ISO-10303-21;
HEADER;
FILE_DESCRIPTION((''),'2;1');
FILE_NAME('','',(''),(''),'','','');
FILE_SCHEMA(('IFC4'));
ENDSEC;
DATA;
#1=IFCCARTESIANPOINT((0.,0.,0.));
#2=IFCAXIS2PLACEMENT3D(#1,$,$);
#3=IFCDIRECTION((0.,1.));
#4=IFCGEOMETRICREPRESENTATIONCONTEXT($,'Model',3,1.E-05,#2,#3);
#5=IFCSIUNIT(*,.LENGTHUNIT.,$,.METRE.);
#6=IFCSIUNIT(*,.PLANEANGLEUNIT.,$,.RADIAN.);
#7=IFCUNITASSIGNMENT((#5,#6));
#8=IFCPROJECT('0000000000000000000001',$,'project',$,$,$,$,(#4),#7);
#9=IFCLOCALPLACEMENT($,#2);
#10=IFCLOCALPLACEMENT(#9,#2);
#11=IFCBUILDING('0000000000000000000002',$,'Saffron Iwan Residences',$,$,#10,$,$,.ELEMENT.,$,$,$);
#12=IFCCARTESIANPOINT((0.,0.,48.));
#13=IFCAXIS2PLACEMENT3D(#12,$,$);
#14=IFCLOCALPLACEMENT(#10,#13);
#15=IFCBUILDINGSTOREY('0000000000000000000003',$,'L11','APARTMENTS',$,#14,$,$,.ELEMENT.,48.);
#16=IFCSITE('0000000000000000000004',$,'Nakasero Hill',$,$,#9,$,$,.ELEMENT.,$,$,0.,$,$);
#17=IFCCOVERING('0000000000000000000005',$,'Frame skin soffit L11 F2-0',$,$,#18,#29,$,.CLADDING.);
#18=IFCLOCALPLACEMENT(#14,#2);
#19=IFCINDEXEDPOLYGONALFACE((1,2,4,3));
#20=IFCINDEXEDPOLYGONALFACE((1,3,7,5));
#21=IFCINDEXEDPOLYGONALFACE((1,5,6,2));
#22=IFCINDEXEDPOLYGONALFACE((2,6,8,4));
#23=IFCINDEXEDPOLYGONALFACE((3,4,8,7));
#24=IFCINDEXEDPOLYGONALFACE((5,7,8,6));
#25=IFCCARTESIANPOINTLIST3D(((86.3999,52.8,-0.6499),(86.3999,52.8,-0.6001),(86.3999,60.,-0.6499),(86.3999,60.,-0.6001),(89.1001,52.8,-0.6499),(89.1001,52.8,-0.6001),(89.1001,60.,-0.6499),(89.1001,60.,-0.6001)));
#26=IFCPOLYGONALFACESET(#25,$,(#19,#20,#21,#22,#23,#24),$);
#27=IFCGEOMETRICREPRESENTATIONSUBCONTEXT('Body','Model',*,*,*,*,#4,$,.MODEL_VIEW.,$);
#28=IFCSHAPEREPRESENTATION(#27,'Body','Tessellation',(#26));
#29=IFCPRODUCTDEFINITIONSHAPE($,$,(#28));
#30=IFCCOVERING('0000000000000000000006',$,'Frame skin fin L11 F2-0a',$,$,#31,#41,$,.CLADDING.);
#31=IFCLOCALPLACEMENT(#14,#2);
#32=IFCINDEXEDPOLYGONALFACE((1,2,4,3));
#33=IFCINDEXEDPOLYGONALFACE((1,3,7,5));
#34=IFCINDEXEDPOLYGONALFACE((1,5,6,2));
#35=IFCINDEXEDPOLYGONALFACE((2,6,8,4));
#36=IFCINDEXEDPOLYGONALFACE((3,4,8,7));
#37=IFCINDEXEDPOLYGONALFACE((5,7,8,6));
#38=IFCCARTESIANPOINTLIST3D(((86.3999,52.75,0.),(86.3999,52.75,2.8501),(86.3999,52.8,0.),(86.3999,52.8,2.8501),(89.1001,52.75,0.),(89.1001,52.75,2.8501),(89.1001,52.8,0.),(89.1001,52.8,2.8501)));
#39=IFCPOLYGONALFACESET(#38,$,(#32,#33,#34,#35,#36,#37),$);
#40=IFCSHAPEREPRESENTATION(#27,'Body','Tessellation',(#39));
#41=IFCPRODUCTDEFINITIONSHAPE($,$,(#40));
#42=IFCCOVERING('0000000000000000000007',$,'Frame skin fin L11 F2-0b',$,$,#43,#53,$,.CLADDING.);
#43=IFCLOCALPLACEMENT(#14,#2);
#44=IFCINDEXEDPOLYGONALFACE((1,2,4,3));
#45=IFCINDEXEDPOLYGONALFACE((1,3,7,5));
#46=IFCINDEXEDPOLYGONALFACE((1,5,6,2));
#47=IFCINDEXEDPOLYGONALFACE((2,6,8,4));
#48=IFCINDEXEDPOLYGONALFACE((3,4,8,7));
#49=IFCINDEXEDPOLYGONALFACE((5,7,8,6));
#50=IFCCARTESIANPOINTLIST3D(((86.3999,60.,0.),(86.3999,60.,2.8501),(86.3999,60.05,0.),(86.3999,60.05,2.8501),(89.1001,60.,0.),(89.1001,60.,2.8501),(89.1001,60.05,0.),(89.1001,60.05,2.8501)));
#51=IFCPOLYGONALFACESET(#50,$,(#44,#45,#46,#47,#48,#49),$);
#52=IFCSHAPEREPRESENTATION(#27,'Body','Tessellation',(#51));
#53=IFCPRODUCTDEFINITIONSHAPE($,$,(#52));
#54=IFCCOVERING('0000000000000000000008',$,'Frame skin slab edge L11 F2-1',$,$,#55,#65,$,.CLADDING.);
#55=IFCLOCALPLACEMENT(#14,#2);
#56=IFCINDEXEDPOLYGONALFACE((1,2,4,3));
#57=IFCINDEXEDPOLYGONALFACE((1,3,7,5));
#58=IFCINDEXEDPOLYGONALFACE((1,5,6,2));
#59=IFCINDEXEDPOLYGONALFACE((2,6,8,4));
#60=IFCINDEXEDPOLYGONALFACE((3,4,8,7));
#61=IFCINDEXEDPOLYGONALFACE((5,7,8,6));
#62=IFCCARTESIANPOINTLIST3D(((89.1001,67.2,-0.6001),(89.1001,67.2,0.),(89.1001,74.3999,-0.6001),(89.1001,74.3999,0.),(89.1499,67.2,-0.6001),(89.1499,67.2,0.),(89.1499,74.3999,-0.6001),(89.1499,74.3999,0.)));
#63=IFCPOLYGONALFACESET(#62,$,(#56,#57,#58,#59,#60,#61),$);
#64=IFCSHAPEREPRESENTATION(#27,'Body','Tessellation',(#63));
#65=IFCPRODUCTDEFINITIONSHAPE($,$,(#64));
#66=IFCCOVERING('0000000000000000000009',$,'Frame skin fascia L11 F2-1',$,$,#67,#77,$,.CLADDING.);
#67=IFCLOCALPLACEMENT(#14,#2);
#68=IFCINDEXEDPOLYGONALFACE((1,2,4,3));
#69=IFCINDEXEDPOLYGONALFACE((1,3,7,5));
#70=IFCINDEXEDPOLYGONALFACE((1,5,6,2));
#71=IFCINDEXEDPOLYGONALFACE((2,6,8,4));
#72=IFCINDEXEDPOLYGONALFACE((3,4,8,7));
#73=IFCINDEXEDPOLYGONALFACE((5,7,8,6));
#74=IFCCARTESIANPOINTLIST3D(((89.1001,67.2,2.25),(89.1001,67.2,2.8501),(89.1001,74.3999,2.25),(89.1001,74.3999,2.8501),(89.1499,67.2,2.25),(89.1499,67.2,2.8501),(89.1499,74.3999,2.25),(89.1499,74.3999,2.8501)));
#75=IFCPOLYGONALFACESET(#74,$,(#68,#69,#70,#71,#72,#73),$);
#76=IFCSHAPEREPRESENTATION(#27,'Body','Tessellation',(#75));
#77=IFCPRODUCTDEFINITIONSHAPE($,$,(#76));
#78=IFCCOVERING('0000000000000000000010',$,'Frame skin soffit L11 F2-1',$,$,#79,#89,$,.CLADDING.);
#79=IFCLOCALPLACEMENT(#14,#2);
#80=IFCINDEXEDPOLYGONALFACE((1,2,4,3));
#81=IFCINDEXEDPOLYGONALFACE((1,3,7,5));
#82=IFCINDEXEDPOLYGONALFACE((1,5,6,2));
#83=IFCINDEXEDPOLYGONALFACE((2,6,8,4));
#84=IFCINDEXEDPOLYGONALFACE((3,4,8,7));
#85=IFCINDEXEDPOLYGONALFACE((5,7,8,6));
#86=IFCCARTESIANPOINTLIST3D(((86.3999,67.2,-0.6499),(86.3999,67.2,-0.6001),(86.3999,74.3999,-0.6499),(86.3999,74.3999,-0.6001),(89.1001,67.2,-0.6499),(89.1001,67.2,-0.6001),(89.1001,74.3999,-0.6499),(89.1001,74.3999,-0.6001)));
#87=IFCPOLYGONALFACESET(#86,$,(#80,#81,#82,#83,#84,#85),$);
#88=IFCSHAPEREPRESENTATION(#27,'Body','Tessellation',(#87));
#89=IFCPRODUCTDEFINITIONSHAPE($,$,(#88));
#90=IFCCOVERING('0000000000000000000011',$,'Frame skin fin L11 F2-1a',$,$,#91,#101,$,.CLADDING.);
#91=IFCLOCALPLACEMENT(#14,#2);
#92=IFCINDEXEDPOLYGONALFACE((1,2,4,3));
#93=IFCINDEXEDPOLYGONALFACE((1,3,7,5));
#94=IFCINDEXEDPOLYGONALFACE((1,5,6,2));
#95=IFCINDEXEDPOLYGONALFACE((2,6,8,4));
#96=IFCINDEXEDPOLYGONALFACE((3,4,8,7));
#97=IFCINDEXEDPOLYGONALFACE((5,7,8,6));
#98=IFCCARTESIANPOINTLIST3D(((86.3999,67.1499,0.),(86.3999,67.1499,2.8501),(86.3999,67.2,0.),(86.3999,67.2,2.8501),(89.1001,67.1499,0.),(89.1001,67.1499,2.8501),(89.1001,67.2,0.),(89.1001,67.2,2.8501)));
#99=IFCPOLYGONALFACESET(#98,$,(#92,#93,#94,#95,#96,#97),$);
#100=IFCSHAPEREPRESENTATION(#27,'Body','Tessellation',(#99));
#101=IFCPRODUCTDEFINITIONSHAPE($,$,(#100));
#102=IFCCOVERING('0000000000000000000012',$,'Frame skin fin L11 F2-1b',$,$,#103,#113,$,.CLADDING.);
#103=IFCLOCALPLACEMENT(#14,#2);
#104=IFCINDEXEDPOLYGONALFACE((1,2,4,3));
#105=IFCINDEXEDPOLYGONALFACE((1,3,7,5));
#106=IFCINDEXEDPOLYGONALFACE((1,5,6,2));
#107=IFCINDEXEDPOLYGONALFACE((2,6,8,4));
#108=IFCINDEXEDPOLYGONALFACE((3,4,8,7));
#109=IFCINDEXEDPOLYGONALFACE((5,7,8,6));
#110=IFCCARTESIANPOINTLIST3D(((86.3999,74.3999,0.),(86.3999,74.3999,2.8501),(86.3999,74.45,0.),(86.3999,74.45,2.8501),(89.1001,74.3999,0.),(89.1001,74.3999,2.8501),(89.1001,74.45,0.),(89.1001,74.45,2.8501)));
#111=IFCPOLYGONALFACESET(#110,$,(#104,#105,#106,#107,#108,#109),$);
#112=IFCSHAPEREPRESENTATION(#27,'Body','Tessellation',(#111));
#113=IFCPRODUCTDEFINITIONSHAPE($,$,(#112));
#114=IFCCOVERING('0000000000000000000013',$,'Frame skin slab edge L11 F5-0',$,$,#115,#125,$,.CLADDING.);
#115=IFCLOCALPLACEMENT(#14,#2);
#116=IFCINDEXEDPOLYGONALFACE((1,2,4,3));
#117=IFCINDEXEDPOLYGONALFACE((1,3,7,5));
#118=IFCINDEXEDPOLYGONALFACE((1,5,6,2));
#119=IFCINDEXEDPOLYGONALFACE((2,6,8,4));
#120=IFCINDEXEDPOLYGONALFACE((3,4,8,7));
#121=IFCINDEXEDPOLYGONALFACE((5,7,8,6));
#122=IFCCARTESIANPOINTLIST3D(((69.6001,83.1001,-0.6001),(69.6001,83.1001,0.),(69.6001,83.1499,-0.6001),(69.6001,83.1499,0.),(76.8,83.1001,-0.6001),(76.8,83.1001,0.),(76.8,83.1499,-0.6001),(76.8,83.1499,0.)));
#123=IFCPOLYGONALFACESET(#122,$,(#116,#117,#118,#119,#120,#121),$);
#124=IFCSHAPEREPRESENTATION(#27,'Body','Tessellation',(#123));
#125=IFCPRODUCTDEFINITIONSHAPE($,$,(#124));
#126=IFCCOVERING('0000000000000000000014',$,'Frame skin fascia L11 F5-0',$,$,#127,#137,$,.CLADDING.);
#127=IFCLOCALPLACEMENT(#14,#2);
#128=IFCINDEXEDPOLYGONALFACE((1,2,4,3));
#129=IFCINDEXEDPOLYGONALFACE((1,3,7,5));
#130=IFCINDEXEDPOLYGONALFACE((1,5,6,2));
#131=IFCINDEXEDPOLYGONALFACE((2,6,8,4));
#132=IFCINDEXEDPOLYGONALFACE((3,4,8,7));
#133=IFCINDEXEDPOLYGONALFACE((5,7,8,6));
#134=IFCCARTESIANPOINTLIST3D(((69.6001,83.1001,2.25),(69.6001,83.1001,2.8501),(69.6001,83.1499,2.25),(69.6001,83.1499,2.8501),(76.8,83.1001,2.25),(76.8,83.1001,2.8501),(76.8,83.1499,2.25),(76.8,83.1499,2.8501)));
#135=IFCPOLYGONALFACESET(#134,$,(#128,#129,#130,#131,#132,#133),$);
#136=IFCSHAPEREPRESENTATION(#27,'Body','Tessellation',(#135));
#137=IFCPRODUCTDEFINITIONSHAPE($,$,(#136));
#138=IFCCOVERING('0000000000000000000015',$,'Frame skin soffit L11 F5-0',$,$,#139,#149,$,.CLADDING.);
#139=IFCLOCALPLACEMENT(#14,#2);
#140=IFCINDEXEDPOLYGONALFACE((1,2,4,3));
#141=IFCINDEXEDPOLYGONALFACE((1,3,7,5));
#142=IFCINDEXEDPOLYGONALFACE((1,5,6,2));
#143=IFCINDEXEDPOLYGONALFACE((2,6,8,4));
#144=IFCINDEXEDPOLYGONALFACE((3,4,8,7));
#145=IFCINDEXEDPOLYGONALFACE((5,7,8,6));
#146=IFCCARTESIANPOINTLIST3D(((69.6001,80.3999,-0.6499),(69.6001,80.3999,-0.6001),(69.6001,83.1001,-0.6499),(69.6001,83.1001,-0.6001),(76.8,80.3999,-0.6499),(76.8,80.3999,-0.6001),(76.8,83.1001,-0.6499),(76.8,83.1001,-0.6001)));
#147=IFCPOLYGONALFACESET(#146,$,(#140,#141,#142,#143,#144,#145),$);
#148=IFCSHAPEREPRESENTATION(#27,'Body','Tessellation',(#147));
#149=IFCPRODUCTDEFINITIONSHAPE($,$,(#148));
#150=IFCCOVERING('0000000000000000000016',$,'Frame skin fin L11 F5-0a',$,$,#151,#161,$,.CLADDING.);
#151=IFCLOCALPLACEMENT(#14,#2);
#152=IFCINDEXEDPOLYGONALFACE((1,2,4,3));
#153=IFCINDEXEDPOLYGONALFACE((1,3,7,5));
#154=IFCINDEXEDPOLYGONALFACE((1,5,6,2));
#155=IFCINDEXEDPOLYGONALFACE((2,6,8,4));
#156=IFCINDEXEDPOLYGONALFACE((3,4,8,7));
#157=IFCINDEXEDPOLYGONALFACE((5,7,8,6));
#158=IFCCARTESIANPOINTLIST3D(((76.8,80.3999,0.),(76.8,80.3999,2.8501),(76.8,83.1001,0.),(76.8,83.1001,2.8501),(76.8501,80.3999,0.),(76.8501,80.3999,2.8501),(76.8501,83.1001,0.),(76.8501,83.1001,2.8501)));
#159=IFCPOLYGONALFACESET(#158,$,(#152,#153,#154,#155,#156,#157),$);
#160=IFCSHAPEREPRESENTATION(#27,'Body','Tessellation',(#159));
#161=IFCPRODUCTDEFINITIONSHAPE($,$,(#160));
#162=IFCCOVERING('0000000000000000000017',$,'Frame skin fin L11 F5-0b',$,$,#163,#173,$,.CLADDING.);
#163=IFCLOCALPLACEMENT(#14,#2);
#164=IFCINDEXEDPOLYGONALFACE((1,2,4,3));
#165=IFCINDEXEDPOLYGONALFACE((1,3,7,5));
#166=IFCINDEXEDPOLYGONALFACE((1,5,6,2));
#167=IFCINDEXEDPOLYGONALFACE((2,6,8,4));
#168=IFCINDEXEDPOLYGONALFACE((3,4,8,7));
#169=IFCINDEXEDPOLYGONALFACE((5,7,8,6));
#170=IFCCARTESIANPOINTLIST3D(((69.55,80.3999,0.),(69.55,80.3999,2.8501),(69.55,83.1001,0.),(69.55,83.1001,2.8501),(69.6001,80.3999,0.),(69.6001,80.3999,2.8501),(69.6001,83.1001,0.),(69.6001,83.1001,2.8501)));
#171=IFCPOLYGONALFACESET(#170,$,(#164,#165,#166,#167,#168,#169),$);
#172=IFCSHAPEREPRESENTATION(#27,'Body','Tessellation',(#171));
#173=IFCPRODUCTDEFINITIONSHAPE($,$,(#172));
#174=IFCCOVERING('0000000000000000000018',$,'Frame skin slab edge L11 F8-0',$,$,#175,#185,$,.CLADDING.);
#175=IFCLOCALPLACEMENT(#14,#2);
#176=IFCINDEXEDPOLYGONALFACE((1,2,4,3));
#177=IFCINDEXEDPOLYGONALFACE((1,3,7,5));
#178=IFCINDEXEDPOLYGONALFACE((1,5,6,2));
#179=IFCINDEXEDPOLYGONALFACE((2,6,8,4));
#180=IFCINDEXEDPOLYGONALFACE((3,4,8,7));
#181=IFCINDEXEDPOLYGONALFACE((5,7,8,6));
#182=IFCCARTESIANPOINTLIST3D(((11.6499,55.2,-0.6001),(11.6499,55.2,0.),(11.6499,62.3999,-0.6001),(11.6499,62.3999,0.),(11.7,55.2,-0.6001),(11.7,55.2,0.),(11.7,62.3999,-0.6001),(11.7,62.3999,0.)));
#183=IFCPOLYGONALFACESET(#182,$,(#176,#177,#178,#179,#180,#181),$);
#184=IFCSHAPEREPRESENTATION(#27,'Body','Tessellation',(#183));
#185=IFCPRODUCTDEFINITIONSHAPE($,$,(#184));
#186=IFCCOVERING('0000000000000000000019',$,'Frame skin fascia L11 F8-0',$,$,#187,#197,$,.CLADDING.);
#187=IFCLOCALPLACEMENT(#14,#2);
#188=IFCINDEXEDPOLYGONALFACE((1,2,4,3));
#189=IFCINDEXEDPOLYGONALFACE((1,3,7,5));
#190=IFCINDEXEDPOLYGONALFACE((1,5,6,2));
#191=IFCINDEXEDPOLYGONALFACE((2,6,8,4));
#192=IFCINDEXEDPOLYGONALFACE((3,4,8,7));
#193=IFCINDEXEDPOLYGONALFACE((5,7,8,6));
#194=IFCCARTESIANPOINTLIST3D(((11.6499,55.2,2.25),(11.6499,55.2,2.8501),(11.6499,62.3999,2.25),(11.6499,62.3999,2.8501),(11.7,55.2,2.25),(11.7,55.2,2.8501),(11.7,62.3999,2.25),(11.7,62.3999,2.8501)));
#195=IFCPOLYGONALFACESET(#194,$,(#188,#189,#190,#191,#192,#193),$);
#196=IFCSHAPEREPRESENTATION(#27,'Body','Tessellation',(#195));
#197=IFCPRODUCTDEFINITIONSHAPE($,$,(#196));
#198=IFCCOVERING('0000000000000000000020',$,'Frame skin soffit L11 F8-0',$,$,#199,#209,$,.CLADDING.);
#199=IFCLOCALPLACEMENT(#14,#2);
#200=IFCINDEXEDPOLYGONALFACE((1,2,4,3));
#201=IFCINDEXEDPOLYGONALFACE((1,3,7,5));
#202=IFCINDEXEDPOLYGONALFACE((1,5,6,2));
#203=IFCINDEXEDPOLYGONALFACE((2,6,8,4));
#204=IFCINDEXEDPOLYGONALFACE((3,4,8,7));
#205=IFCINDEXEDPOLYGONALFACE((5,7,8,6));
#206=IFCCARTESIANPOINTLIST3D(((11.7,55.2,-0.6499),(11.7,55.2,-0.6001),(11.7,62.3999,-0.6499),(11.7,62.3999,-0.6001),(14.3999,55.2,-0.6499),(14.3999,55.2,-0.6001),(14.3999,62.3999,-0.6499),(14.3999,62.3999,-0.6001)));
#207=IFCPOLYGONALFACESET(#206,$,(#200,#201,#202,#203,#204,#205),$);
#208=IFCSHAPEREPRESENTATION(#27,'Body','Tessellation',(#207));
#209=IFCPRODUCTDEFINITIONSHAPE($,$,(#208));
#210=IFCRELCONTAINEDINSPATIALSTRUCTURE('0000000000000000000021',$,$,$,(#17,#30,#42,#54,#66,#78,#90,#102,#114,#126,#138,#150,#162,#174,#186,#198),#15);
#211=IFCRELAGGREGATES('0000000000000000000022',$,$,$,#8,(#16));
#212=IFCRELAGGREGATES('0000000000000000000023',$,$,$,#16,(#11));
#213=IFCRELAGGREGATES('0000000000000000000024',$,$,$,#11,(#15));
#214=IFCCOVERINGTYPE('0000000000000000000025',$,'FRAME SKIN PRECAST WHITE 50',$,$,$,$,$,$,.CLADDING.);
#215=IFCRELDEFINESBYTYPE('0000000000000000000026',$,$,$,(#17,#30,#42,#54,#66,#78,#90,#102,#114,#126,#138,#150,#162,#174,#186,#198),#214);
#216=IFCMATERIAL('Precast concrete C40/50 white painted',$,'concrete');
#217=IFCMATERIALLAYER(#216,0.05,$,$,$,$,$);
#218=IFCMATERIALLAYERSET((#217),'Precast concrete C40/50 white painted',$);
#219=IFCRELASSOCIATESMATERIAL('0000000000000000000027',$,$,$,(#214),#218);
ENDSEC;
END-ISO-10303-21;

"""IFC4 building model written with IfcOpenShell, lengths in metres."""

from ifc_helpers import new_model, si_unit, direction, frame, origin, place, context, subcontext, project, spatial, polyline, outline, extrude, material, layer, layer_set, type_object, element, save


model = new_model("IFC4")

# Units and contexts
model_context = context("Model", 3, precision=1e-05, world=origin(), true_north=direction((0.0, 1.0)))
body_context = subcontext(model_context, "Body", "Model", "MODEL_VIEW")
ifc_project = project(units=[si_unit("LENGTHUNIT", "METRE"), si_unit("PLANEANGLEUNIT", "RADIAN")], contexts=[model_context])

# Site, building, storey
site_placement = place(None, origin())
site = spatial("IfcSite", under=ifc_project, at=site_placement, Name="Nakasero Hill", CompositionType="ELEMENT", RefElevation=0.0)
building_placement = place(site_placement, origin())
building = spatial("IfcBuilding", under=site, at=building_placement, Name="Saffron Iwan Residences", CompositionType="ELEMENT")
storey_placement = place(building_placement, frame((0.0, 0.0, 48.0)))
storey = spatial("IfcBuildingStorey", under=building, at=storey_placement, Name="L11", Description="APARTMENTS", CompositionType="ELEMENT", Elevation=48.0)

# Coverings
ifc_material_1 = material(Name="Precast concrete C40/50 white painted", Category="concrete")
ifc_layer_1 = layer(ifc_material_1, 0.05)
ifc_layer_set_1 = layer_set([ifc_layer_1], Name="Precast concrete C40/50 white painted")
covering_type_1 = type_object("IfcCoveringType", Name="FRAME SKIN PRECAST WHITE 50", PredefinedType="CLADDING", material=ifc_layer_set_1)
covering_1_placement = place(storey_placement, frame((0.0, 0.0, -0.6499)))
element("IfcCovering", 1, at=covering_1_placement, inside=storey, type_object=covering_type_1, Name="Frame skin soffit L11 F2-0", PredefinedType="CLADDING", context=body_context, shape_type="SweptSolid", body=[
    extrude(outline(polyline([(89.1001, 52.8), (89.1001, 60.0), (86.3999, 60.0), (86.3999, 52.8), (89.1001, 52.8)])), origin(), (0.0, 0.0, 1.0), 0.0498),
])
covering_2_placement = place(storey_placement, origin())
element("IfcCovering", 2, at=covering_2_placement, inside=storey, type_object=covering_type_1, Name="Frame skin fin L11 F2-0a", PredefinedType="CLADDING", context=body_context, shape_type="SweptSolid", body=[
    extrude(outline(polyline([(89.1001, 52.75), (89.1001, 52.8), (86.3999, 52.8), (86.3999, 52.75), (89.1001, 52.75)])), origin(), (0.0, 0.0, 1.0), 2.8501),
])
covering_3_placement = place(storey_placement, origin())
element("IfcCovering", 3, at=covering_3_placement, inside=storey, type_object=covering_type_1, Name="Frame skin fin L11 F2-0b", PredefinedType="CLADDING", context=body_context, shape_type="SweptSolid", body=[
    extrude(outline(polyline([(89.1001, 60.0), (89.1001, 60.05), (86.3999, 60.05), (86.3999, 60.0), (89.1001, 60.0)])), origin(), (0.0, 0.0, 1.0), 2.8501),
])
for number, where, name in (
    (4, (0.0, 0.0, -0.6001), "Frame skin slab edge L11 F2-1"),
    (5, (0.0, 0.0, 2.25), "Frame skin fascia L11 F2-1"),
):
    element("IfcCovering", number, at=place(storey_placement, frame(where)), inside=storey, type_object=covering_type_1, Name=name, PredefinedType="CLADDING", context=body_context, shape_type="SweptSolid", body=[
        extrude(outline(polyline([(89.1499, 67.2), (89.1499, 74.3999), (89.1001, 74.3999), (89.1001, 67.2), (89.1499, 67.2)])), origin(), (0.0, 0.0, 1.0), 0.6001),
    ])
covering_4_placement = place(storey_placement, frame((0.0, 0.0, -0.6499)))
element("IfcCovering", 6, at=covering_4_placement, inside=storey, type_object=covering_type_1, Name="Frame skin soffit L11 F2-1", PredefinedType="CLADDING", context=body_context, shape_type="SweptSolid", body=[
    extrude(outline(polyline([(89.1001, 67.2), (89.1001, 74.3999), (86.3999, 74.3999), (86.3999, 67.2), (89.1001, 67.2)])), origin(), (0.0, 0.0, 1.0), 0.0498),
])
covering_5_placement = place(storey_placement, origin())
element("IfcCovering", 7, at=covering_5_placement, inside=storey, type_object=covering_type_1, Name="Frame skin fin L11 F2-1a", PredefinedType="CLADDING", context=body_context, shape_type="SweptSolid", body=[
    extrude(outline(polyline([(89.1001, 67.1499), (89.1001, 67.2), (86.3999, 67.2), (86.3999, 67.1499), (89.1001, 67.1499)])), origin(), (0.0, 0.0, 1.0), 2.8501),
])
covering_6_placement = place(storey_placement, origin())
element("IfcCovering", 8, at=covering_6_placement, inside=storey, type_object=covering_type_1, Name="Frame skin fin L11 F2-1b", PredefinedType="CLADDING", context=body_context, shape_type="SweptSolid", body=[
    extrude(outline(polyline([(89.1001, 74.3999), (89.1001, 74.45), (86.3999, 74.45), (86.3999, 74.3999), (89.1001, 74.3999)])), origin(), (0.0, 0.0, 1.0), 2.8501),
])
for number, where, name in (
    (9, (0.0, 0.0, -0.6001), "Frame skin slab edge L11 F5-0"),
    (10, (0.0, 0.0, 2.25), "Frame skin fascia L11 F5-0"),
):
    element("IfcCovering", number, at=place(storey_placement, frame(where)), inside=storey, type_object=covering_type_1, Name=name, PredefinedType="CLADDING", context=body_context, shape_type="SweptSolid", body=[
        extrude(outline(polyline([(76.8, 83.1499), (69.6001, 83.1499), (69.6001, 83.1001), (76.8, 83.1001), (76.8, 83.1499)])), origin(), (0.0, 0.0, 1.0), 0.6001),
    ])
covering_7_placement = place(storey_placement, frame((0.0, 0.0, -0.6499)))
element("IfcCovering", 11, at=covering_7_placement, inside=storey, type_object=covering_type_1, Name="Frame skin soffit L11 F5-0", PredefinedType="CLADDING", context=body_context, shape_type="SweptSolid", body=[
    extrude(outline(polyline([(76.8, 83.1001), (69.6001, 83.1001), (69.6001, 80.3999), (76.8, 80.3999), (76.8, 83.1001)])), origin(), (0.0, 0.0, 1.0), 0.0498),
])
covering_8_placement = place(storey_placement, origin())
element("IfcCovering", 12, at=covering_8_placement, inside=storey, type_object=covering_type_1, Name="Frame skin fin L11 F5-0a", PredefinedType="CLADDING", context=body_context, shape_type="SweptSolid", body=[
    extrude(outline(polyline([(76.8501, 83.1001), (76.8, 83.1001), (76.8, 80.3999), (76.8501, 80.3999), (76.8501, 83.1001)])), origin(), (0.0, 0.0, 1.0), 2.8501),
])
covering_9_placement = place(storey_placement, origin())
element("IfcCovering", 13, at=covering_9_placement, inside=storey, type_object=covering_type_1, Name="Frame skin fin L11 F5-0b", PredefinedType="CLADDING", context=body_context, shape_type="SweptSolid", body=[
    extrude(outline(polyline([(69.6001, 83.1001), (69.55, 83.1001), (69.55, 80.3999), (69.6001, 80.3999), (69.6001, 83.1001)])), origin(), (0.0, 0.0, 1.0), 2.8501),
])
for number, where, name in (
    (14, (0.0, 0.0, -0.6001), "Frame skin slab edge L11 F8-0"),
    (15, (0.0, 0.0, 2.25), "Frame skin fascia L11 F8-0"),
):
    element("IfcCovering", number, at=place(storey_placement, frame(where)), inside=storey, type_object=covering_type_1, Name=name, PredefinedType="CLADDING", context=body_context, shape_type="SweptSolid", body=[
        extrude(outline(polyline([(11.6499, 62.3999), (11.6499, 55.2), (11.7, 55.2), (11.7, 62.3999), (11.6499, 62.3999)])), origin(), (0.0, 0.0, 1.0), 0.6001),
    ])
covering_10_placement = place(storey_placement, frame((0.0, 0.0, -0.6499)))
element("IfcCovering", 16, at=covering_10_placement, inside=storey, type_object=covering_type_1, Name="Frame skin soffit L11 F8-0", PredefinedType="CLADDING", context=body_context, shape_type="SweptSolid", body=[
    extrude(outline(polyline([(11.7, 62.3999), (11.7, 55.2), (14.3999, 55.2), (14.3999, 62.3999), (11.7, 62.3999)])), origin(), (0.0, 0.0, 1.0), 0.0498),
])

save(model, "model.ifc")
